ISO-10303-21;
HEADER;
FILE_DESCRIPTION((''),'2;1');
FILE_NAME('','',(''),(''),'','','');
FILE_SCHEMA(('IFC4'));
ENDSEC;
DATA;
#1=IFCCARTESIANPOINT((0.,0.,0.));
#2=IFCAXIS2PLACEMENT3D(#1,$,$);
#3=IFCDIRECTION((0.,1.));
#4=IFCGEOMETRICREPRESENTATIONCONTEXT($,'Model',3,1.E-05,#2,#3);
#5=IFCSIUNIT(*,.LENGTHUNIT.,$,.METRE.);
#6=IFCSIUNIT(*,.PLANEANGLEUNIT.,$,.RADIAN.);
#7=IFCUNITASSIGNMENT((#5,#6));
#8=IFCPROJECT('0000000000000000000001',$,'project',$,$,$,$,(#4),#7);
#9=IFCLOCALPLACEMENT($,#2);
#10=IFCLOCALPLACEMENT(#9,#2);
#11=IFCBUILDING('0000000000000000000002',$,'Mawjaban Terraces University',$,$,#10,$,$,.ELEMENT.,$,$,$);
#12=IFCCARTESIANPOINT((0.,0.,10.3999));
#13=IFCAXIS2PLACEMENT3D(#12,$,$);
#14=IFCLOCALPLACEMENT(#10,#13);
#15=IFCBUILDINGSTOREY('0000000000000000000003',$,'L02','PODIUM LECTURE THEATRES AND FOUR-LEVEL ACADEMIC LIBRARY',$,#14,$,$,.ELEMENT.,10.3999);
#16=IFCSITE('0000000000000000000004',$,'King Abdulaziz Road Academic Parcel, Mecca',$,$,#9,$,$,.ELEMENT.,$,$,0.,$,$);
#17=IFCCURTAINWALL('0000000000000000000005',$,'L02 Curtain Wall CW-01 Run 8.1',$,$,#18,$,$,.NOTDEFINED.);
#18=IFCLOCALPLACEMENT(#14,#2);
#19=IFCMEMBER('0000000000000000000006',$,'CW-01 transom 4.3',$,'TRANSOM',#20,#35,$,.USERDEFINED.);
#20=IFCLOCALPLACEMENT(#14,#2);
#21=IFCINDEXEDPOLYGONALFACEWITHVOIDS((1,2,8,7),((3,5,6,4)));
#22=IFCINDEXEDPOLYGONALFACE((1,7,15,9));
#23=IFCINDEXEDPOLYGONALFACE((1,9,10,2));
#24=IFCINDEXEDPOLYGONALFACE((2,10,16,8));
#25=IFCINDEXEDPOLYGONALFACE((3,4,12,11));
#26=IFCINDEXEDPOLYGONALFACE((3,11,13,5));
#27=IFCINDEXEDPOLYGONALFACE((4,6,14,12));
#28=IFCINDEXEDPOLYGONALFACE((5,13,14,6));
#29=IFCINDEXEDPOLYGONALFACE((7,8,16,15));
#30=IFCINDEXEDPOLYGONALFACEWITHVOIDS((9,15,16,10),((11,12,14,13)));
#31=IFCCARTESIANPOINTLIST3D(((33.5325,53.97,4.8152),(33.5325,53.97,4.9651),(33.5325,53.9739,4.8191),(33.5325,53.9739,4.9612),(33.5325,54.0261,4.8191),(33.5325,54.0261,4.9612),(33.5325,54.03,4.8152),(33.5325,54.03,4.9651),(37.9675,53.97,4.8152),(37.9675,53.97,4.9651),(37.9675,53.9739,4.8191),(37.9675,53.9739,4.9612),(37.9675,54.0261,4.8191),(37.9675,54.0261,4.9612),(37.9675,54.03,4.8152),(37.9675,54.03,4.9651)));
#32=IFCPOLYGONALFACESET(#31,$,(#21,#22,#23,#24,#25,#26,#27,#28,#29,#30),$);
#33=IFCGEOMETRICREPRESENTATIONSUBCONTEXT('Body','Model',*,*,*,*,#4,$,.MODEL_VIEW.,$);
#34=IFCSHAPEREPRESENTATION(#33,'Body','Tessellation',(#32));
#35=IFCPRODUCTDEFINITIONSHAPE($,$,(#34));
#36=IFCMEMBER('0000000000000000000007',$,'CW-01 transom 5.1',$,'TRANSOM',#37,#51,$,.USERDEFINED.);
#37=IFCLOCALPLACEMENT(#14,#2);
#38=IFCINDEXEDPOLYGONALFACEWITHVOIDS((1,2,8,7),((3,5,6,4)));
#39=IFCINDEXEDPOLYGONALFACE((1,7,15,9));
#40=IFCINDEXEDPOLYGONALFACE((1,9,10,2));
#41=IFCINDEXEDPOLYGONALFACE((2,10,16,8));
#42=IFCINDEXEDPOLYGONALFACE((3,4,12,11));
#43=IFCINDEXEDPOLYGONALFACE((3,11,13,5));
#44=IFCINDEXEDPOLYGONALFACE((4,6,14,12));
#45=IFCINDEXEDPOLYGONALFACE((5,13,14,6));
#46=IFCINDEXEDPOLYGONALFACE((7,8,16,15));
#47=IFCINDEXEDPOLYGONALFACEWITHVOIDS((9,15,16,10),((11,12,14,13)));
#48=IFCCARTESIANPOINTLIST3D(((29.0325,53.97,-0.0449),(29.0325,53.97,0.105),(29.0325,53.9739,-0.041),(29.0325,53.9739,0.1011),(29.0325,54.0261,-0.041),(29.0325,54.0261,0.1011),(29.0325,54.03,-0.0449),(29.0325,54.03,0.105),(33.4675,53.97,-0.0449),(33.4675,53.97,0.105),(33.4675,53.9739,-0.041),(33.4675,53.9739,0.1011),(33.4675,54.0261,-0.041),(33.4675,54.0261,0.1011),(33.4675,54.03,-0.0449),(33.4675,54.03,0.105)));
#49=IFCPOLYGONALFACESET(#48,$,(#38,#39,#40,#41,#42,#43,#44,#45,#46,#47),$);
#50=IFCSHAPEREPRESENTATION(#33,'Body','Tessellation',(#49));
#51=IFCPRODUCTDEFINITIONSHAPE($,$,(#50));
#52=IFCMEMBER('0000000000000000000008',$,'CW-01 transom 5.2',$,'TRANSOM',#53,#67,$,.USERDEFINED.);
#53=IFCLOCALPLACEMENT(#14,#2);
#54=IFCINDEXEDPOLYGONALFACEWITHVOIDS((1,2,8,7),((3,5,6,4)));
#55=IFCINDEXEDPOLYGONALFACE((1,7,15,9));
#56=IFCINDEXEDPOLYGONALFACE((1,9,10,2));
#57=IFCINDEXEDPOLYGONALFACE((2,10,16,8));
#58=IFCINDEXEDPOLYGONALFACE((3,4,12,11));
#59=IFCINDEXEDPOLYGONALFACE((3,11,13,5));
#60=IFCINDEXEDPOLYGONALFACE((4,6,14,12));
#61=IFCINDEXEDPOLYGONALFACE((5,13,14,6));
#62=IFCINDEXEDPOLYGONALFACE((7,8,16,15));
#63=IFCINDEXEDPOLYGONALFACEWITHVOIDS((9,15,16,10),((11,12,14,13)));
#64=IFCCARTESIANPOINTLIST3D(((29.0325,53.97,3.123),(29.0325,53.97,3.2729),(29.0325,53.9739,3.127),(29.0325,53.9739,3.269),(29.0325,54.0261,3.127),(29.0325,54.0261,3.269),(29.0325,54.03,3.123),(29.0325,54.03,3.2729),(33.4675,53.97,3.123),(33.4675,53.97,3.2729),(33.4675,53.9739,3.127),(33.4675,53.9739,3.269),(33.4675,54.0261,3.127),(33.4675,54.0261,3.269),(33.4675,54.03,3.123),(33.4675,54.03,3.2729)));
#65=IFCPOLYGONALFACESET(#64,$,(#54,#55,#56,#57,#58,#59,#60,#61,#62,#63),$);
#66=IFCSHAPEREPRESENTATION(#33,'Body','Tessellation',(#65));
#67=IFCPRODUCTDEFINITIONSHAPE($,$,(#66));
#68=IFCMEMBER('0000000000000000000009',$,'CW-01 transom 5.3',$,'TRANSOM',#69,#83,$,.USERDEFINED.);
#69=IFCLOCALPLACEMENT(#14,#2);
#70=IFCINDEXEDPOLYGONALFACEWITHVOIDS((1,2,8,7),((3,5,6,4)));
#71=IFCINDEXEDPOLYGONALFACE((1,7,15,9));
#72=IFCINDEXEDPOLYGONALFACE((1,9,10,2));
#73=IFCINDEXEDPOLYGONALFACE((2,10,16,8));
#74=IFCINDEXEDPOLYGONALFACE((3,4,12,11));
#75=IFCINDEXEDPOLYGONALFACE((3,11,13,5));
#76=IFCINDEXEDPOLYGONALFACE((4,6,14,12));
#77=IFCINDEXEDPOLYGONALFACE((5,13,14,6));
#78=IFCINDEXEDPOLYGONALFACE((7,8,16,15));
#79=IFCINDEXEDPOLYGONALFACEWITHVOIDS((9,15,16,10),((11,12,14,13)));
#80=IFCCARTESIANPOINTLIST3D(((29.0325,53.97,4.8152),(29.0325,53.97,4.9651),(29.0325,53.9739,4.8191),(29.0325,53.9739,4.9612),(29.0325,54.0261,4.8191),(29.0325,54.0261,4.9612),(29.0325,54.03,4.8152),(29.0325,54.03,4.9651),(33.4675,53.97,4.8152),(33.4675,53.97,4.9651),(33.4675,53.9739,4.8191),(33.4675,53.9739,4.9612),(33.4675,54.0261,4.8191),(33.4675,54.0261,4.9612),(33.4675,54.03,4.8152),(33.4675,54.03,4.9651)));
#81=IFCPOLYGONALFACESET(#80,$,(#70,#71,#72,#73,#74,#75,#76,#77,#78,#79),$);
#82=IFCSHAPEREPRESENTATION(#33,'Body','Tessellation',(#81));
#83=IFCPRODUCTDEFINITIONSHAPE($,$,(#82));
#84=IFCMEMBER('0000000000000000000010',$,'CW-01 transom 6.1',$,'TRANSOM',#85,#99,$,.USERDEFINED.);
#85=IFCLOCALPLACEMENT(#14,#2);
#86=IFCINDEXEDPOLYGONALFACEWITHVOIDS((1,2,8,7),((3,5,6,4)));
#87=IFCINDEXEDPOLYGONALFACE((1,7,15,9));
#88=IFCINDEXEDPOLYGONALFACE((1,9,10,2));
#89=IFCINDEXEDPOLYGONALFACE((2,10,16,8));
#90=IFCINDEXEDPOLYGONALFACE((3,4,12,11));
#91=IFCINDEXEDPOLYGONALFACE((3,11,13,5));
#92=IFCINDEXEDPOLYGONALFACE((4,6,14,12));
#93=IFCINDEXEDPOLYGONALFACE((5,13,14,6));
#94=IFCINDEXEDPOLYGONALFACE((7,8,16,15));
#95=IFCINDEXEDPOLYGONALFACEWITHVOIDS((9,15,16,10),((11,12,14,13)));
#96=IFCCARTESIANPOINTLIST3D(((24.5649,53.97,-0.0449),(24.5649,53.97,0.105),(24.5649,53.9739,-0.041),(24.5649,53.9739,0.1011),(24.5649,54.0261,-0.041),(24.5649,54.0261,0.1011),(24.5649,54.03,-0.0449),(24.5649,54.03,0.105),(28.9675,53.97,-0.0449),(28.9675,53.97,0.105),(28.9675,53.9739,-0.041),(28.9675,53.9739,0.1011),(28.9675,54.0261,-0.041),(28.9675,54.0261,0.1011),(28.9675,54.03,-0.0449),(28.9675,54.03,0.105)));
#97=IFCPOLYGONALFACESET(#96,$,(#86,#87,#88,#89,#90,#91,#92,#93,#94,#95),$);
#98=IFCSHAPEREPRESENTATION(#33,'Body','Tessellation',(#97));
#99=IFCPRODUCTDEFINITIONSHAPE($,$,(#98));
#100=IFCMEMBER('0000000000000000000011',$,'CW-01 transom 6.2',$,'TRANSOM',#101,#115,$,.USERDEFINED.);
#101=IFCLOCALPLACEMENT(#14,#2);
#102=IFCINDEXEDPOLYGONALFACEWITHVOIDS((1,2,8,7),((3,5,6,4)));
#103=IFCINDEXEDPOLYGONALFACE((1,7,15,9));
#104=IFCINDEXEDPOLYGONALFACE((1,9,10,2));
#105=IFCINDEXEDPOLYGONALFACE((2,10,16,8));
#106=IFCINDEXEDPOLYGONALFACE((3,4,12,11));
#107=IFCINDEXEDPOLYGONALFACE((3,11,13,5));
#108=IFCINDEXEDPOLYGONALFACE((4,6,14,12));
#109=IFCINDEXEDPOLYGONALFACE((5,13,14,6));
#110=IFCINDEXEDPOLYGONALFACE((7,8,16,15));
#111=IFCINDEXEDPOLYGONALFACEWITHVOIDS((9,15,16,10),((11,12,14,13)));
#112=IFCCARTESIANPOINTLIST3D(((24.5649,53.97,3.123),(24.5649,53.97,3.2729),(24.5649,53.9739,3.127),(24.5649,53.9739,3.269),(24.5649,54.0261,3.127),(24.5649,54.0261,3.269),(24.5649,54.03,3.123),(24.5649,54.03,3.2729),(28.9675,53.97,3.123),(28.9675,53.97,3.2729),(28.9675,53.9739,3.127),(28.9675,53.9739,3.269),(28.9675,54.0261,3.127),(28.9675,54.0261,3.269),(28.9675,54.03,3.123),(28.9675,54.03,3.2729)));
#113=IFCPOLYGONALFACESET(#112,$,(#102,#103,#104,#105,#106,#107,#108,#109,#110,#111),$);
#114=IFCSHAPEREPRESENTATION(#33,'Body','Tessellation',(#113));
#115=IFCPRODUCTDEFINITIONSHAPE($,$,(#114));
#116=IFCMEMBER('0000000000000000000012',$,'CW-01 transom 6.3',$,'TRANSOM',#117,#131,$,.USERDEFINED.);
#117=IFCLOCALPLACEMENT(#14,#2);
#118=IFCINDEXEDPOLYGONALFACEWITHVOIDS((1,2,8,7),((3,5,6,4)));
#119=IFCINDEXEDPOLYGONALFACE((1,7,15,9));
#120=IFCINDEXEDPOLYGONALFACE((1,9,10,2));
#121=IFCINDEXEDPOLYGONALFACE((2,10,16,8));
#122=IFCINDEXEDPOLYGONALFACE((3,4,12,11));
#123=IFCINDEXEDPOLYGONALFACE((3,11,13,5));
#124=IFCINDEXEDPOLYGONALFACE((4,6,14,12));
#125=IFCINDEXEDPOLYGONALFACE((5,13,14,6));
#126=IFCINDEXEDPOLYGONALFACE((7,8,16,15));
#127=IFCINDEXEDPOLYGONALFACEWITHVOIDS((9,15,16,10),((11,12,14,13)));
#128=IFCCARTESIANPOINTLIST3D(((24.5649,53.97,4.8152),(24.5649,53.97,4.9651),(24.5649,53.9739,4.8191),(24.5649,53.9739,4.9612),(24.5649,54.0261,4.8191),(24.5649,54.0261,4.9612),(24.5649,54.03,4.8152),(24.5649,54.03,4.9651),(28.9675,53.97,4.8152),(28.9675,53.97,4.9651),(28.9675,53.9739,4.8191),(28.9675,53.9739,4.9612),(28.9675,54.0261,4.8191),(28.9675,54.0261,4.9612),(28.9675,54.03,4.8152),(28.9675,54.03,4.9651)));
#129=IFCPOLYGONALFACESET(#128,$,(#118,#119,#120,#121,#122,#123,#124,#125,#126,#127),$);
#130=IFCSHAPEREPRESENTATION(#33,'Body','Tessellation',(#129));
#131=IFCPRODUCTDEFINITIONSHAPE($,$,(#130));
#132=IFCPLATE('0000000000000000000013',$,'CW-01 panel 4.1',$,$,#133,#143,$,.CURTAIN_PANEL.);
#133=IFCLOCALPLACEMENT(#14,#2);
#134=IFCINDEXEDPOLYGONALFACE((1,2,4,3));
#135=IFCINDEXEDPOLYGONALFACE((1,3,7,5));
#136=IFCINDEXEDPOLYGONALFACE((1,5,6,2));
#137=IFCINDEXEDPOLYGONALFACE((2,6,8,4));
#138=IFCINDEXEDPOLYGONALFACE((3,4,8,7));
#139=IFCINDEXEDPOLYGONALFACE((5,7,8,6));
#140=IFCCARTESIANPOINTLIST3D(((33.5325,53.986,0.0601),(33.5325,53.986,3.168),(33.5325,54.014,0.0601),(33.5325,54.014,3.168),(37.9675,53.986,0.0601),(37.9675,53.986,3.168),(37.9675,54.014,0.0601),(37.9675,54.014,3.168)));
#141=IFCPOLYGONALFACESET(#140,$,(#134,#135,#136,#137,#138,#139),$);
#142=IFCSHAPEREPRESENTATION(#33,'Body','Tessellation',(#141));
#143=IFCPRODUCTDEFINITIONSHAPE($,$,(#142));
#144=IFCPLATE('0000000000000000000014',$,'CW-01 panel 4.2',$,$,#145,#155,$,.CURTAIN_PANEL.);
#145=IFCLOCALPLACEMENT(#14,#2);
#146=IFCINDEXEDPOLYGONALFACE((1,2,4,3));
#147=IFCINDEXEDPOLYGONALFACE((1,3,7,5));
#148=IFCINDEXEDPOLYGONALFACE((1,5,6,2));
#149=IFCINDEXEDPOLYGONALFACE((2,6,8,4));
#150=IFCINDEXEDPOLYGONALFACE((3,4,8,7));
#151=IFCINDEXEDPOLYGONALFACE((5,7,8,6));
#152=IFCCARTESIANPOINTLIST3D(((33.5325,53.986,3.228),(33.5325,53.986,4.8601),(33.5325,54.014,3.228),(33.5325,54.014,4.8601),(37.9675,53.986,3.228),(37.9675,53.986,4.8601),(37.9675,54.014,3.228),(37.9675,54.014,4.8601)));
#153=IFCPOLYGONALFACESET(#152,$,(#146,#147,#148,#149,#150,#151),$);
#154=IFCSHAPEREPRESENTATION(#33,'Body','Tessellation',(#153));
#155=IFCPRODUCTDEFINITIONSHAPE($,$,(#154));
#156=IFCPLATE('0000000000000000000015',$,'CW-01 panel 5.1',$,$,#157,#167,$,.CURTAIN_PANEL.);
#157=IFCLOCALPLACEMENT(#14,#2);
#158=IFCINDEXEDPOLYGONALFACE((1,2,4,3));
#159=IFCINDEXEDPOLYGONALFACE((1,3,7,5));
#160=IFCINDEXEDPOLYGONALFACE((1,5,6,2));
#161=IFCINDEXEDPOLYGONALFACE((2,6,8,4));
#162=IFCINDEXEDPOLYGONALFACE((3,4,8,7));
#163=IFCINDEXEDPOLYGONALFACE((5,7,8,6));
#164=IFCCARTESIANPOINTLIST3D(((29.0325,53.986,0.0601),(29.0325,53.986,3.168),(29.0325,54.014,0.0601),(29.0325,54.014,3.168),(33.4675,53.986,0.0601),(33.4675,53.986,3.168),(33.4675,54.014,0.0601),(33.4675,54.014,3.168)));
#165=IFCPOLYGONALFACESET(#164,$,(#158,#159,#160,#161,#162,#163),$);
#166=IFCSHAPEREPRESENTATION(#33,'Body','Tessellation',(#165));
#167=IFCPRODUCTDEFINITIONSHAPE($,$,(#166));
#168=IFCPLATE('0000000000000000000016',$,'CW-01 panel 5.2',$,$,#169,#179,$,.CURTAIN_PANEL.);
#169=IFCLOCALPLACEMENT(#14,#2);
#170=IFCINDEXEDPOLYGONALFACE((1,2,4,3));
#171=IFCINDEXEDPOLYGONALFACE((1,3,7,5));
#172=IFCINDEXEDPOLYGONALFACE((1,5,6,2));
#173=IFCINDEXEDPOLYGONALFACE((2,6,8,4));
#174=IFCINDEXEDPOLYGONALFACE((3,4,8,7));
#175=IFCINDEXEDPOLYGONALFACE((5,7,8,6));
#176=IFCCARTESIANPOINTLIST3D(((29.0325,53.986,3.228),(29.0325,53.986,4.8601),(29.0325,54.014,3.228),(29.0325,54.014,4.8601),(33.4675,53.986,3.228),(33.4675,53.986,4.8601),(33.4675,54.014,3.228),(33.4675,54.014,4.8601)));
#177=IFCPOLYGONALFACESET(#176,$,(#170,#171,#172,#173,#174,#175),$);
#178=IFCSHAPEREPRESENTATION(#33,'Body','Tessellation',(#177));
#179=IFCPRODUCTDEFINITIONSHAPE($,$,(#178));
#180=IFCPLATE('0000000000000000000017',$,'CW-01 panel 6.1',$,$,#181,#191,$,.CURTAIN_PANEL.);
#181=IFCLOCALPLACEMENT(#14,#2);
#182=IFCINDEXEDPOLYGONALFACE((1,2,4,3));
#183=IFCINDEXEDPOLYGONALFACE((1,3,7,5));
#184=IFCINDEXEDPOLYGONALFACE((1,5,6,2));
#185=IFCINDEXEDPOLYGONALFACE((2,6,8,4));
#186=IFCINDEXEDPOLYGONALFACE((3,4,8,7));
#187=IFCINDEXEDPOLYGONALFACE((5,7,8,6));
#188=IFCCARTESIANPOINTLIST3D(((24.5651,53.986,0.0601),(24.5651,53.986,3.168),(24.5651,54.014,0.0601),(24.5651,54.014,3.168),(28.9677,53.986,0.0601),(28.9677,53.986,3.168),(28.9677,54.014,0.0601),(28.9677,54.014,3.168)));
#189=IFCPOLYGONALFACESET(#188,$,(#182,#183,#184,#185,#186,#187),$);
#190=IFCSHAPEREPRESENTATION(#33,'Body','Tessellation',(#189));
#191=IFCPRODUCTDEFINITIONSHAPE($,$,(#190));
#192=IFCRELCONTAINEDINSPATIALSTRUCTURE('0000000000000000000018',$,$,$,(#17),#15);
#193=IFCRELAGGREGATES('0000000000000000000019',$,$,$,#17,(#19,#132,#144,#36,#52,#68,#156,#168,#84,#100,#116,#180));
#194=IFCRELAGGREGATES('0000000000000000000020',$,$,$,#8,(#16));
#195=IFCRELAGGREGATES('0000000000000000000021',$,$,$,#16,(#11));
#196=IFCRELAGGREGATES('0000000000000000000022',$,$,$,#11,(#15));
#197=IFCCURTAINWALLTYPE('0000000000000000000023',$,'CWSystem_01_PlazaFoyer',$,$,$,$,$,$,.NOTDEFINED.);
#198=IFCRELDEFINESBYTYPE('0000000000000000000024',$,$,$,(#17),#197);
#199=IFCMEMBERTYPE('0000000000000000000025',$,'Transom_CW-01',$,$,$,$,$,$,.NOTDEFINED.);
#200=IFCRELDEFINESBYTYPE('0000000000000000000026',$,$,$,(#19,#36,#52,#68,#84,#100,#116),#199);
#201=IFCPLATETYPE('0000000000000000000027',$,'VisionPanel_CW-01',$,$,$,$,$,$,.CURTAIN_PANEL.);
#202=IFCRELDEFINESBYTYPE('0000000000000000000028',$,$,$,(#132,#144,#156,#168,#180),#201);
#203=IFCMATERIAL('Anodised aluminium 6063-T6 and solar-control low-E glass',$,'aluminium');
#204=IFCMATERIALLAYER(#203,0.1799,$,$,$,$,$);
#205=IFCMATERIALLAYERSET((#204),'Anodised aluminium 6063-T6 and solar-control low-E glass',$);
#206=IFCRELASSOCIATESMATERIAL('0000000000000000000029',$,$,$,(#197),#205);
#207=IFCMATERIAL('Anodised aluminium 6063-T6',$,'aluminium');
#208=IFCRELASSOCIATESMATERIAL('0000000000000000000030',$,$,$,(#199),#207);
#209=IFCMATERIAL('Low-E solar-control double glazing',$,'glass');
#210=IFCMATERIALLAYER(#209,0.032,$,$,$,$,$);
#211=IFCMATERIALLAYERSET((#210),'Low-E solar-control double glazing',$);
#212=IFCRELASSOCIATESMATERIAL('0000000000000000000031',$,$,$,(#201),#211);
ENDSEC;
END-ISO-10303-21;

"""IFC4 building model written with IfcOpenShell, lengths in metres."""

from ifc_helpers import new_model, si_unit, direction, frame, origin, origin_2d, place, context, subcontext, project, spatial, rectangle, hollow_rectangle, extrude, material, layer, layer_set, material_profile, profile_set, type_object, element, aggregate, save


model = new_model("IFC4")

# Units and contexts
model_context = context("Model", 3, precision=1e-05, world=origin(), true_north=direction((0.0, 1.0)))
body_context = subcontext(model_context, "Body", "Model", "MODEL_VIEW")
ifc_project = project(units=[si_unit("LENGTHUNIT", "METRE"), si_unit("PLANEANGLEUNIT", "RADIAN")], contexts=[model_context])

# Site, building, storey
site_placement = place(None, origin())
site = spatial("IfcSite", under=ifc_project, at=site_placement, Name="King Abdulaziz Road Academic Parcel, Mecca", CompositionType="ELEMENT", RefElevation=0.0)
building_placement = place(site_placement, origin())
building = spatial("IfcBuilding", under=site, at=building_placement, Name="Mawjaban Terraces University", CompositionType="ELEMENT")
storey_placement = place(building_placement, frame((0.0, 0.0, 10.3999)))
storey = spatial("IfcBuildingStorey", under=building, at=storey_placement, Name="L02", Description="PODIUM LECTURE THEATRES AND FOUR-LEVEL ACADEMIC LIBRARY", CompositionType="ELEMENT", Elevation=10.3999)

# Curtain wall, members, plates
ifc_material_1 = material(Name="Anodised aluminium 6063-T6 and solar-control low-E glass", Category="aluminium")
ifc_layer_1 = layer(ifc_material_1, 0.1799)
ifc_layer_set_1 = layer_set([ifc_layer_1], Name="Anodised aluminium 6063-T6 and solar-control low-E glass")
curtain_wall_type = type_object("IfcCurtainWallType", Name="CWSystem_01_PlazaFoyer", PredefinedType="NOTDEFINED", material=ifc_layer_set_1)
curtain_wall_placement = place(storey_placement, origin())
curtain_wall = element("IfcCurtainWall", 1, at=curtain_wall_placement, inside=storey, type_object=curtain_wall_type, Name="L02 Curtain Wall CW-01 Run 8.1", PredefinedType="NOTDEFINED")
ifc_material_2 = material(Name="Anodised aluminium 6063-T6", Category="aluminium")
ifc_material_profile_1 = material_profile(ifc_material_2, hollow_rectangle(XDim=0.0601, YDim=0.1499, WallThickness=0.0039, at=origin_2d()), Name="ALU150X60X4")
ifc_profile_set_1 = profile_set([ifc_material_profile_1], Name="Anodised aluminium 6063-T6")
member_type_1 = type_object("IfcMemberType", Name="Transom_CW-01", PredefinedType="NOTDEFINED", material=ifc_profile_set_1)
member_1_placement = place(storey_placement, frame((37.9675, 54.0, 4.8901), z_axis=(-1.0, 0.0, 0.0), x_axis=(0.0, -1.0, 0.0)))
member_1 = element("IfcMember", 2, at=member_1_placement, type_object=member_type_1, Name="CW-01 transom 4.3", ObjectType="TRANSOM", PredefinedType="USERDEFINED", context=body_context, shape_type="SweptSolid", body=[
    extrude(hollow_rectangle(XDim=0.0601, YDim=0.1499, WallThickness=0.0039, at=origin_2d()), origin(), (0.0, 0.0, 1.0), 4.4351),
])
member_2_placement = place(storey_placement, frame((33.4675, 54.0, 0.03), z_axis=(-1.0, 0.0, 0.0), x_axis=(0.0, -1.0, 0.0)))
member_2 = element("IfcMember", 3, at=member_2_placement, type_object=member_type_1, Name="CW-01 transom 5.1", ObjectType="TRANSOM", PredefinedType="USERDEFINED", context=body_context, shape_type="SweptSolid", body=[
    extrude(hollow_rectangle(XDim=0.0601, YDim=0.1499, WallThickness=0.0039, at=origin_2d()), origin(), (0.0, 0.0, 1.0), 4.4351),
])
member_3_placement = place(storey_placement, frame((33.4675, 54.0, 3.198), z_axis=(-1.0, 0.0, 0.0), x_axis=(0.0, -1.0, 0.0)))
member_3 = element("IfcMember", 4, at=member_3_placement, type_object=member_type_1, Name="CW-01 transom 5.2", ObjectType="TRANSOM", PredefinedType="USERDEFINED", context=body_context, shape_type="SweptSolid", body=[
    extrude(hollow_rectangle(XDim=0.0601, YDim=0.1499, WallThickness=0.0039, at=origin_2d()), origin(), (0.0, 0.0, 1.0), 4.4351),
])
member_4_placement = place(storey_placement, frame((33.4675, 54.0, 4.8901), z_axis=(-1.0, 0.0, 0.0), x_axis=(0.0, -1.0, 0.0)))
member_4 = element("IfcMember", 5, at=member_4_placement, type_object=member_type_1, Name="CW-01 transom 5.3", ObjectType="TRANSOM", PredefinedType="USERDEFINED", context=body_context, shape_type="SweptSolid", body=[
    extrude(hollow_rectangle(XDim=0.0601, YDim=0.1499, WallThickness=0.0039, at=origin_2d()), origin(), (0.0, 0.0, 1.0), 4.4351),
])
member_5_placement = place(storey_placement, frame((28.9675, 54.0, 0.03), z_axis=(-1.0, 0.0, 0.0), x_axis=(0.0, -1.0, 0.0)))
member_5 = element("IfcMember", 6, at=member_5_placement, type_object=member_type_1, Name="CW-01 transom 6.1", ObjectType="TRANSOM", PredefinedType="USERDEFINED", context=body_context, shape_type="SweptSolid", body=[
    extrude(hollow_rectangle(XDim=0.0601, YDim=0.1499, WallThickness=0.0039, at=origin_2d()), origin(), (0.0, 0.0, 1.0), 4.4026),
])
member_6_placement = place(storey_placement, frame((28.9675, 54.0, 3.198), z_axis=(-1.0, 0.0, 0.0), x_axis=(0.0, -1.0, 0.0)))
member_6 = element("IfcMember", 7, at=member_6_placement, type_object=member_type_1, Name="CW-01 transom 6.2", ObjectType="TRANSOM", PredefinedType="USERDEFINED", context=body_context, shape_type="SweptSolid", body=[
    extrude(hollow_rectangle(XDim=0.0601, YDim=0.1499, WallThickness=0.0039, at=origin_2d()), origin(), (0.0, 0.0, 1.0), 4.4026),
])
member_7_placement = place(storey_placement, frame((28.9675, 54.0, 4.8901), z_axis=(-1.0, 0.0, 0.0), x_axis=(0.0, -1.0, 0.0)))
member_7 = element("IfcMember", 8, at=member_7_placement, type_object=member_type_1, Name="CW-01 transom 6.3", ObjectType="TRANSOM", PredefinedType="USERDEFINED", context=body_context, shape_type="SweptSolid", body=[
    extrude(hollow_rectangle(XDim=0.0601, YDim=0.1499, WallThickness=0.0039, at=origin_2d()), origin(), (0.0, 0.0, 1.0), 4.4026),
])
ifc_material_3 = material(Name="Low-E solar-control double glazing", Category="glass")
ifc_layer_2 = layer(ifc_material_3, 0.032)
ifc_layer_set_2 = layer_set([ifc_layer_2], Name="Low-E solar-control double glazing")
plate_type = type_object("IfcPlateType", Name="VisionPanel_CW-01", PredefinedType="CURTAIN_PANEL", material=ifc_layer_set_2)
plate_1_placement = place(storey_placement, frame((35.75, 54.0, 0.0601), z_axis=(0.0, 0.0, 1.0), x_axis=(-1.0, 0.0, 0.0)))
plate_1 = element("IfcPlate", 9, at=plate_1_placement, type_object=plate_type, Name="CW-01 panel 4.1", PredefinedType="CURTAIN_PANEL", context=body_context, shape_type="SweptSolid", body=[
    extrude(rectangle(XDim=4.4351, YDim=0.0281, at=origin_2d()), origin(), (0.0, 0.0, 1.0), 3.1079),
])
plate_2_placement = place(storey_placement, frame((35.75, 54.0, 3.228), z_axis=(0.0, 0.0, 1.0), x_axis=(-1.0, 0.0, 0.0)))
plate_2 = element("IfcPlate", 10, at=plate_2_placement, type_object=plate_type, Name="CW-01 panel 4.2", PredefinedType="CURTAIN_PANEL", context=body_context, shape_type="SweptSolid", body=[
    extrude(rectangle(XDim=4.4351, YDim=0.0281, at=origin_2d()), origin(), (0.0, 0.0, 1.0), 1.6321),
])
plate_3_placement = place(storey_placement, frame((31.25, 54.0, 0.0601), z_axis=(0.0, 0.0, 1.0), x_axis=(-1.0, 0.0, 0.0)))
plate_3 = element("IfcPlate", 11, at=plate_3_placement, type_object=plate_type, Name="CW-01 panel 5.1", PredefinedType="CURTAIN_PANEL", context=body_context, shape_type="SweptSolid", body=[
    extrude(rectangle(XDim=4.4351, YDim=0.0281, at=origin_2d()), origin(), (0.0, 0.0, 1.0), 3.1079),
])
plate_4_placement = place(storey_placement, frame((31.25, 54.0, 3.228), z_axis=(0.0, 0.0, 1.0), x_axis=(-1.0, 0.0, 0.0)))
plate_4 = element("IfcPlate", 12, at=plate_4_placement, type_object=plate_type, Name="CW-01 panel 5.2", PredefinedType="CURTAIN_PANEL", context=body_context, shape_type="SweptSolid", body=[
    extrude(rectangle(XDim=4.4351, YDim=0.0281, at=origin_2d()), origin(), (0.0, 0.0, 1.0), 1.6321),
])
plate_5_placement = place(storey_placement, frame((26.7664, 54.0, 0.0601), z_axis=(0.0, 0.0, 1.0), x_axis=(-1.0, 0.0, 0.0)))
plate_5 = element("IfcPlate", 13, at=plate_5_placement, type_object=plate_type, Name="CW-01 panel 6.1", PredefinedType="CURTAIN_PANEL", context=body_context, shape_type="SweptSolid", body=[
    extrude(rectangle(XDim=4.4026, YDim=0.0281, at=origin_2d()), origin(), (0.0, 0.0, 1.0), 3.1079),
])
aggregate(curtain_wall, [member_1, plate_1, plate_2, member_2, member_3, member_4, plate_3, plate_4, member_5, member_6, member_7, plate_5])

save(model, "model.ifc")
